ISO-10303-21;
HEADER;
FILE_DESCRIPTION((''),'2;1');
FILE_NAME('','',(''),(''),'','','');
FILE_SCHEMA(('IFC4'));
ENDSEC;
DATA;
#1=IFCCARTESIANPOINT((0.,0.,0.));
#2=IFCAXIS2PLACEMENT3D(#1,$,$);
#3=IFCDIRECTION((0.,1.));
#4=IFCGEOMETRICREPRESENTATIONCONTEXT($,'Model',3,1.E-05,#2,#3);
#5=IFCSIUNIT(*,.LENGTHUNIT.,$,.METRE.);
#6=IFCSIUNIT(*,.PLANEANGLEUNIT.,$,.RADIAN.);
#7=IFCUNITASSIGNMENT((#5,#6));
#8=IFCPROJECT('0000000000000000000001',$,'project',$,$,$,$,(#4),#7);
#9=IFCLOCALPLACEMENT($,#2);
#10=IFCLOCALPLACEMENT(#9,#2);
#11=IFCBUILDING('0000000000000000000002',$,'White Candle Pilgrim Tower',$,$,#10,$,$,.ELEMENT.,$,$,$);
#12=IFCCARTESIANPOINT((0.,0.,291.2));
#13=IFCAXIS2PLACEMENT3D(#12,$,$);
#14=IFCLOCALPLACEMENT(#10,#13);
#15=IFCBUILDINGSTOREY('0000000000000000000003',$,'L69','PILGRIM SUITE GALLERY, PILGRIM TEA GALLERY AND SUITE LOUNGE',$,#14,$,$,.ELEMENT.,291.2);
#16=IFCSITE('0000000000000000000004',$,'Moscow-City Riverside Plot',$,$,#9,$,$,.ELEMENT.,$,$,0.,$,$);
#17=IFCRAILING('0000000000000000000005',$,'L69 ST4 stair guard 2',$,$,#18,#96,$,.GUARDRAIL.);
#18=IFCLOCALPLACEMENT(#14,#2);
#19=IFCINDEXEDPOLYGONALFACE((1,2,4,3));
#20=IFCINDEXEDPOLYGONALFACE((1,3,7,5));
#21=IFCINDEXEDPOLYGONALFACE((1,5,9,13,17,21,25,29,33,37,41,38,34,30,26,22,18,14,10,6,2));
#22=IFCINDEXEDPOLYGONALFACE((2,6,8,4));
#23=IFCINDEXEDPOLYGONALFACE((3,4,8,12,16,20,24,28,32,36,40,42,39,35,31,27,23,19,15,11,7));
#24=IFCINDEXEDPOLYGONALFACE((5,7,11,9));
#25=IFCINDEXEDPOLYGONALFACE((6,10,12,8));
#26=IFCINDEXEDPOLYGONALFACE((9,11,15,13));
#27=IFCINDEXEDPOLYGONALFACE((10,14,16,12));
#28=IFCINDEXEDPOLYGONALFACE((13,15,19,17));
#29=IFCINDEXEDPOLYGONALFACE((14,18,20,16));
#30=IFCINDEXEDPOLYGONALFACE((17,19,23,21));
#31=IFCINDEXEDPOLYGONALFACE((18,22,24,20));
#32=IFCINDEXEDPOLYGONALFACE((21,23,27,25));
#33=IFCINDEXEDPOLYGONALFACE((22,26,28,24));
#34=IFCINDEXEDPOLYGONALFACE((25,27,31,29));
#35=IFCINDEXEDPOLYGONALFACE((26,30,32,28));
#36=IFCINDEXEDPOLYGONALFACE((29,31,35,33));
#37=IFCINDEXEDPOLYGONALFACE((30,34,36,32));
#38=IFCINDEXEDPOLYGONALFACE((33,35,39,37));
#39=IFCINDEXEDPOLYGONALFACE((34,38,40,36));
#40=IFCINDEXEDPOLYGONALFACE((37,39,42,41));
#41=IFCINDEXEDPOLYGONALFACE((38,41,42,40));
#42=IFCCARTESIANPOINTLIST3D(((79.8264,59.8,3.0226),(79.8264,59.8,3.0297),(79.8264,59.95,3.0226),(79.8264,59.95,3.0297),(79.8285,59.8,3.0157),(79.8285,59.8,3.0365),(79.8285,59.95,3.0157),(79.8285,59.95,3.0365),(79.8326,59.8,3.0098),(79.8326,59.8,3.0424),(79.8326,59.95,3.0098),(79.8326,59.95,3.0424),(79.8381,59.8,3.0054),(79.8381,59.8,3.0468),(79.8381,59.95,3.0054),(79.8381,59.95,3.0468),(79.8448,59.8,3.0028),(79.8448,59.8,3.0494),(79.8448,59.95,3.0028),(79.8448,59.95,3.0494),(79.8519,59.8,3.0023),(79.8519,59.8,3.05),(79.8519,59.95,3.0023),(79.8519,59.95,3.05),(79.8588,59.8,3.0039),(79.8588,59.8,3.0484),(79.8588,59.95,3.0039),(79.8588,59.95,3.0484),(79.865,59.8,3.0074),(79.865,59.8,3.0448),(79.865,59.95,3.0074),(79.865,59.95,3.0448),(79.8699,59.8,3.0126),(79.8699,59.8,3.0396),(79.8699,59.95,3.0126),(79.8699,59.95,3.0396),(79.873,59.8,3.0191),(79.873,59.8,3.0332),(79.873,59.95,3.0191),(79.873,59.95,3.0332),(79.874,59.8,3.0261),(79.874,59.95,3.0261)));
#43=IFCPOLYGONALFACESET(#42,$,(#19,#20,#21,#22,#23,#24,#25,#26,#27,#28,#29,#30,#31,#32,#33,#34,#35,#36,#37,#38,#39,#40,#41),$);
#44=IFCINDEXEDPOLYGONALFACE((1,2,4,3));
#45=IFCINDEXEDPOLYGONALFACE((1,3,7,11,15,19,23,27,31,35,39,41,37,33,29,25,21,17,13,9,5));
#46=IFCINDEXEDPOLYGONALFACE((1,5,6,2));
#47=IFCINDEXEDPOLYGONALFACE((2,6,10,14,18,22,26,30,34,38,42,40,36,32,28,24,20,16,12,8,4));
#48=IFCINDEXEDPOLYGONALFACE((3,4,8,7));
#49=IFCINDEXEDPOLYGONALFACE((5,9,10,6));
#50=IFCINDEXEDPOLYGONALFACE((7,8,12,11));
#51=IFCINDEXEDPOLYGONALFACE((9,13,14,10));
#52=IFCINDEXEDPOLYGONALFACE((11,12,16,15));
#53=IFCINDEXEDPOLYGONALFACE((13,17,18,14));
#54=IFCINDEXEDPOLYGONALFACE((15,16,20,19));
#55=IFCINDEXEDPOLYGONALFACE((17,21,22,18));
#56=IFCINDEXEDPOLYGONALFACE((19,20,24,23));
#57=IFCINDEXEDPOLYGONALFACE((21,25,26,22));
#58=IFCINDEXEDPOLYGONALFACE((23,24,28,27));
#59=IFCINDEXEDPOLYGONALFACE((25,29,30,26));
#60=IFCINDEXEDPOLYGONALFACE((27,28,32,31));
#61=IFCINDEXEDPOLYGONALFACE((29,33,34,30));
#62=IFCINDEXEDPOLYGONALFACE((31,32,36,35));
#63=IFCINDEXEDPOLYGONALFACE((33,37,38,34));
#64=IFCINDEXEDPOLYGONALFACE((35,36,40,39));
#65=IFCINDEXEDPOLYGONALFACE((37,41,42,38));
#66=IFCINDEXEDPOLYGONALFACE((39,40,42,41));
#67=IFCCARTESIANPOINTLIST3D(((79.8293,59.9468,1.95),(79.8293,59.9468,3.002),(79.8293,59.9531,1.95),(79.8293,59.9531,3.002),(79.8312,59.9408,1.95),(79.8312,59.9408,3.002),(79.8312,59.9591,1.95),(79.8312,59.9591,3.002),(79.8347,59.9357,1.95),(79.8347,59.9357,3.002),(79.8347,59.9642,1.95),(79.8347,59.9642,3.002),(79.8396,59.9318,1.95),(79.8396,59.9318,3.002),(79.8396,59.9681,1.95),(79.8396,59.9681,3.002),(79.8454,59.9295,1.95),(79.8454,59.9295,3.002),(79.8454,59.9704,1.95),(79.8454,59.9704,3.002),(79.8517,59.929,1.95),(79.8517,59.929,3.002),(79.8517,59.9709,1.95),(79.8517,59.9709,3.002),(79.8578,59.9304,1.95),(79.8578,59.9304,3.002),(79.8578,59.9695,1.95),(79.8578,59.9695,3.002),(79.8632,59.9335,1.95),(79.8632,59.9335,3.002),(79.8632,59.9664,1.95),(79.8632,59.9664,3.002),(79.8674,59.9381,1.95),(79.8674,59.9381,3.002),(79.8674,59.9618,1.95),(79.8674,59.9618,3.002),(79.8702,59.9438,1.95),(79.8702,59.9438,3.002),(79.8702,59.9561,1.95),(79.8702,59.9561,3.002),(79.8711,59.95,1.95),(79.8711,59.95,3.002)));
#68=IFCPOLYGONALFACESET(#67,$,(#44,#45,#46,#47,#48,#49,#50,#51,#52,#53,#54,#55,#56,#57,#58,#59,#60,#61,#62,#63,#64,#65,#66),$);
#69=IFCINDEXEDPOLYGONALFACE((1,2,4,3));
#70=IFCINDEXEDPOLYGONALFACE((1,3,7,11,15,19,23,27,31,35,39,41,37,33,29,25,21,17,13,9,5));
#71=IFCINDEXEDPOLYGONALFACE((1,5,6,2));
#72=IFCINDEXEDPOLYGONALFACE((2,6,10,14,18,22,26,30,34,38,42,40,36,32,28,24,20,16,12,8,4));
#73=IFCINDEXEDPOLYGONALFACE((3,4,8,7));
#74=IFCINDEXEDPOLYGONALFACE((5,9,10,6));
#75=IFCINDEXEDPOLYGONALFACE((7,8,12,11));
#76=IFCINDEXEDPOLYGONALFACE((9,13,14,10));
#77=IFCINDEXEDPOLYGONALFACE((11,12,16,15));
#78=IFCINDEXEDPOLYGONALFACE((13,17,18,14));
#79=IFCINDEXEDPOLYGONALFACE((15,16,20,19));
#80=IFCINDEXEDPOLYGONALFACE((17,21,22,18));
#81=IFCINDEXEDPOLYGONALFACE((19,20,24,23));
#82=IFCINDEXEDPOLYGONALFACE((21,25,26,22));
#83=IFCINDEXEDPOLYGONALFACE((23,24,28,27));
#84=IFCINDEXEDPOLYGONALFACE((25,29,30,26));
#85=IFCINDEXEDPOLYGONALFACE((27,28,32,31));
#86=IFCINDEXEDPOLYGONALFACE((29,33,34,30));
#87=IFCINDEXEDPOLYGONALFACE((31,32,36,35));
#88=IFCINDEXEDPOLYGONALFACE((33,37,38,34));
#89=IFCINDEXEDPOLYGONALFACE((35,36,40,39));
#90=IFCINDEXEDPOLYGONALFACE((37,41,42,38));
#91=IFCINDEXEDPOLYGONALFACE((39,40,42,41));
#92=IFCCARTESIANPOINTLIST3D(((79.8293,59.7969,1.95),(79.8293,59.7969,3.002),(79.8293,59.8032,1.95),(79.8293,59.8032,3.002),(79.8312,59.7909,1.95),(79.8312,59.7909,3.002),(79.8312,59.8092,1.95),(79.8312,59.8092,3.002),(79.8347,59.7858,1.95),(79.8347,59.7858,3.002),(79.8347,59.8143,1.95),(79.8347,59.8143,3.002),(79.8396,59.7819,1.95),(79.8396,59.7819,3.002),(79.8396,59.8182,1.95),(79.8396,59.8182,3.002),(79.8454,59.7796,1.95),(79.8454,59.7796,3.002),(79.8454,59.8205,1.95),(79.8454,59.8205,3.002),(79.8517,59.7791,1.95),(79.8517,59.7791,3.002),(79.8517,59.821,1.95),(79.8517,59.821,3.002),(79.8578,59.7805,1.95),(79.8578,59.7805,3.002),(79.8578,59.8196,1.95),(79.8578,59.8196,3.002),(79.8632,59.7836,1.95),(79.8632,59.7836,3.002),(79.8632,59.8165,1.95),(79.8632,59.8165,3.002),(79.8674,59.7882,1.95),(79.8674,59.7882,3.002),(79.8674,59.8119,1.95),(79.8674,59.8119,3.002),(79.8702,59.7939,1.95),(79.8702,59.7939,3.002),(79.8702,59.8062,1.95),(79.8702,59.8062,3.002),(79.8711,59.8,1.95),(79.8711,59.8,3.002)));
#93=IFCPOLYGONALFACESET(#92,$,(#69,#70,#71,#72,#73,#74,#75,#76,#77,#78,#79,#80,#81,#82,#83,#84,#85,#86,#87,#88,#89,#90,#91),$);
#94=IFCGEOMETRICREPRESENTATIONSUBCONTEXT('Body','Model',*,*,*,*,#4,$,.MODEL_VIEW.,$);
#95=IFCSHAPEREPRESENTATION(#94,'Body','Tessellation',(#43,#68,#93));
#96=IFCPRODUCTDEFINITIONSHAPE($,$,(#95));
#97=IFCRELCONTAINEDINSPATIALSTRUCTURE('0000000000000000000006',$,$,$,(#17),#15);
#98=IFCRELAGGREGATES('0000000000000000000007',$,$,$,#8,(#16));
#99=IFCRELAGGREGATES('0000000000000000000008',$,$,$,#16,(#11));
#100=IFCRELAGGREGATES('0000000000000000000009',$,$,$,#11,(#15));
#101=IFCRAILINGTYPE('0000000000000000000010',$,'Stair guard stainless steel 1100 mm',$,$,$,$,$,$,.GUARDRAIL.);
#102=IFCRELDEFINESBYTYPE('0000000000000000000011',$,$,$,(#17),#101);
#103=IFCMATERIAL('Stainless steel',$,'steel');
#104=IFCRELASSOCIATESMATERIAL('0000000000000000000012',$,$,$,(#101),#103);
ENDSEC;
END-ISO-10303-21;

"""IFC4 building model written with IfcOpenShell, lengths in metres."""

from ifc_helpers import new_model, si_unit, direction, frame, origin, origin_2d, place, context, subcontext, project, spatial, circle, extrude, material, type_object, element, save


model = new_model("IFC4")

# Units and contexts
model_context = context("Model", 3, precision=1e-05, world=origin(), true_north=direction((0.0, 1.0)))
body_context = subcontext(model_context, "Body", "Model", "MODEL_VIEW")
ifc_project = project(units=[si_unit("LENGTHUNIT", "METRE"), si_unit("PLANEANGLEUNIT", "RADIAN")], contexts=[model_context])

# Site, building, storey
site_placement = place(None, origin())
site = spatial("IfcSite", under=ifc_project, at=site_placement, Name="Moscow-City Riverside Plot", CompositionType="ELEMENT", RefElevation=0.0)
building_placement = place(site_placement, origin())
building = spatial("IfcBuilding", under=site, at=building_placement, Name="White Candle Pilgrim Tower", CompositionType="ELEMENT")
storey_placement = place(building_placement, frame((0.0, 0.0, 291.2)))
storey = spatial("IfcBuildingStorey", under=building, at=storey_placement, Name="L69", Description="PILGRIM SUITE GALLERY, PILGRIM TEA GALLERY AND SUITE LOUNGE", CompositionType="ELEMENT", Elevation=291.2)

# Railing
ifc_material_1 = material(Name="Stainless steel", Category="steel")
railing_type_1 = type_object("IfcRailingType", Name="Stair guard stainless steel 1100 mm", PredefinedType="GUARDRAIL", material=ifc_material_1)
railing_1_placement = place(storey_placement, frame((79.8501, 59.95, 1.95)))
element("IfcRailing", 1, at=railing_1_placement, inside=storey, type_object=railing_type_1, Name="L69 ST4 stair guard 2", PredefinedType="GUARDRAIL", context=body_context, shape_type="SweptSolid", body=[
    extrude(circle(Radius=0.0239, at=origin_2d()), frame((0.0, 0.0, 1.0762), z_axis=(0.0, -1.0, 0.0), x_axis=(1.0, 0.0, 0.0)), (0.0, 0.0, 1.0), 0.1499),
    extrude(circle(Radius=0.021, at=origin_2d()), origin(), (0.0, 0.0, 1.0), 1.052),
    extrude(circle(Radius=0.021, at=origin_2d()), frame((0.0, -0.1499, 0.0)), (0.0, 0.0, 1.0), 1.052),
])

save(model, "model.ifc")
